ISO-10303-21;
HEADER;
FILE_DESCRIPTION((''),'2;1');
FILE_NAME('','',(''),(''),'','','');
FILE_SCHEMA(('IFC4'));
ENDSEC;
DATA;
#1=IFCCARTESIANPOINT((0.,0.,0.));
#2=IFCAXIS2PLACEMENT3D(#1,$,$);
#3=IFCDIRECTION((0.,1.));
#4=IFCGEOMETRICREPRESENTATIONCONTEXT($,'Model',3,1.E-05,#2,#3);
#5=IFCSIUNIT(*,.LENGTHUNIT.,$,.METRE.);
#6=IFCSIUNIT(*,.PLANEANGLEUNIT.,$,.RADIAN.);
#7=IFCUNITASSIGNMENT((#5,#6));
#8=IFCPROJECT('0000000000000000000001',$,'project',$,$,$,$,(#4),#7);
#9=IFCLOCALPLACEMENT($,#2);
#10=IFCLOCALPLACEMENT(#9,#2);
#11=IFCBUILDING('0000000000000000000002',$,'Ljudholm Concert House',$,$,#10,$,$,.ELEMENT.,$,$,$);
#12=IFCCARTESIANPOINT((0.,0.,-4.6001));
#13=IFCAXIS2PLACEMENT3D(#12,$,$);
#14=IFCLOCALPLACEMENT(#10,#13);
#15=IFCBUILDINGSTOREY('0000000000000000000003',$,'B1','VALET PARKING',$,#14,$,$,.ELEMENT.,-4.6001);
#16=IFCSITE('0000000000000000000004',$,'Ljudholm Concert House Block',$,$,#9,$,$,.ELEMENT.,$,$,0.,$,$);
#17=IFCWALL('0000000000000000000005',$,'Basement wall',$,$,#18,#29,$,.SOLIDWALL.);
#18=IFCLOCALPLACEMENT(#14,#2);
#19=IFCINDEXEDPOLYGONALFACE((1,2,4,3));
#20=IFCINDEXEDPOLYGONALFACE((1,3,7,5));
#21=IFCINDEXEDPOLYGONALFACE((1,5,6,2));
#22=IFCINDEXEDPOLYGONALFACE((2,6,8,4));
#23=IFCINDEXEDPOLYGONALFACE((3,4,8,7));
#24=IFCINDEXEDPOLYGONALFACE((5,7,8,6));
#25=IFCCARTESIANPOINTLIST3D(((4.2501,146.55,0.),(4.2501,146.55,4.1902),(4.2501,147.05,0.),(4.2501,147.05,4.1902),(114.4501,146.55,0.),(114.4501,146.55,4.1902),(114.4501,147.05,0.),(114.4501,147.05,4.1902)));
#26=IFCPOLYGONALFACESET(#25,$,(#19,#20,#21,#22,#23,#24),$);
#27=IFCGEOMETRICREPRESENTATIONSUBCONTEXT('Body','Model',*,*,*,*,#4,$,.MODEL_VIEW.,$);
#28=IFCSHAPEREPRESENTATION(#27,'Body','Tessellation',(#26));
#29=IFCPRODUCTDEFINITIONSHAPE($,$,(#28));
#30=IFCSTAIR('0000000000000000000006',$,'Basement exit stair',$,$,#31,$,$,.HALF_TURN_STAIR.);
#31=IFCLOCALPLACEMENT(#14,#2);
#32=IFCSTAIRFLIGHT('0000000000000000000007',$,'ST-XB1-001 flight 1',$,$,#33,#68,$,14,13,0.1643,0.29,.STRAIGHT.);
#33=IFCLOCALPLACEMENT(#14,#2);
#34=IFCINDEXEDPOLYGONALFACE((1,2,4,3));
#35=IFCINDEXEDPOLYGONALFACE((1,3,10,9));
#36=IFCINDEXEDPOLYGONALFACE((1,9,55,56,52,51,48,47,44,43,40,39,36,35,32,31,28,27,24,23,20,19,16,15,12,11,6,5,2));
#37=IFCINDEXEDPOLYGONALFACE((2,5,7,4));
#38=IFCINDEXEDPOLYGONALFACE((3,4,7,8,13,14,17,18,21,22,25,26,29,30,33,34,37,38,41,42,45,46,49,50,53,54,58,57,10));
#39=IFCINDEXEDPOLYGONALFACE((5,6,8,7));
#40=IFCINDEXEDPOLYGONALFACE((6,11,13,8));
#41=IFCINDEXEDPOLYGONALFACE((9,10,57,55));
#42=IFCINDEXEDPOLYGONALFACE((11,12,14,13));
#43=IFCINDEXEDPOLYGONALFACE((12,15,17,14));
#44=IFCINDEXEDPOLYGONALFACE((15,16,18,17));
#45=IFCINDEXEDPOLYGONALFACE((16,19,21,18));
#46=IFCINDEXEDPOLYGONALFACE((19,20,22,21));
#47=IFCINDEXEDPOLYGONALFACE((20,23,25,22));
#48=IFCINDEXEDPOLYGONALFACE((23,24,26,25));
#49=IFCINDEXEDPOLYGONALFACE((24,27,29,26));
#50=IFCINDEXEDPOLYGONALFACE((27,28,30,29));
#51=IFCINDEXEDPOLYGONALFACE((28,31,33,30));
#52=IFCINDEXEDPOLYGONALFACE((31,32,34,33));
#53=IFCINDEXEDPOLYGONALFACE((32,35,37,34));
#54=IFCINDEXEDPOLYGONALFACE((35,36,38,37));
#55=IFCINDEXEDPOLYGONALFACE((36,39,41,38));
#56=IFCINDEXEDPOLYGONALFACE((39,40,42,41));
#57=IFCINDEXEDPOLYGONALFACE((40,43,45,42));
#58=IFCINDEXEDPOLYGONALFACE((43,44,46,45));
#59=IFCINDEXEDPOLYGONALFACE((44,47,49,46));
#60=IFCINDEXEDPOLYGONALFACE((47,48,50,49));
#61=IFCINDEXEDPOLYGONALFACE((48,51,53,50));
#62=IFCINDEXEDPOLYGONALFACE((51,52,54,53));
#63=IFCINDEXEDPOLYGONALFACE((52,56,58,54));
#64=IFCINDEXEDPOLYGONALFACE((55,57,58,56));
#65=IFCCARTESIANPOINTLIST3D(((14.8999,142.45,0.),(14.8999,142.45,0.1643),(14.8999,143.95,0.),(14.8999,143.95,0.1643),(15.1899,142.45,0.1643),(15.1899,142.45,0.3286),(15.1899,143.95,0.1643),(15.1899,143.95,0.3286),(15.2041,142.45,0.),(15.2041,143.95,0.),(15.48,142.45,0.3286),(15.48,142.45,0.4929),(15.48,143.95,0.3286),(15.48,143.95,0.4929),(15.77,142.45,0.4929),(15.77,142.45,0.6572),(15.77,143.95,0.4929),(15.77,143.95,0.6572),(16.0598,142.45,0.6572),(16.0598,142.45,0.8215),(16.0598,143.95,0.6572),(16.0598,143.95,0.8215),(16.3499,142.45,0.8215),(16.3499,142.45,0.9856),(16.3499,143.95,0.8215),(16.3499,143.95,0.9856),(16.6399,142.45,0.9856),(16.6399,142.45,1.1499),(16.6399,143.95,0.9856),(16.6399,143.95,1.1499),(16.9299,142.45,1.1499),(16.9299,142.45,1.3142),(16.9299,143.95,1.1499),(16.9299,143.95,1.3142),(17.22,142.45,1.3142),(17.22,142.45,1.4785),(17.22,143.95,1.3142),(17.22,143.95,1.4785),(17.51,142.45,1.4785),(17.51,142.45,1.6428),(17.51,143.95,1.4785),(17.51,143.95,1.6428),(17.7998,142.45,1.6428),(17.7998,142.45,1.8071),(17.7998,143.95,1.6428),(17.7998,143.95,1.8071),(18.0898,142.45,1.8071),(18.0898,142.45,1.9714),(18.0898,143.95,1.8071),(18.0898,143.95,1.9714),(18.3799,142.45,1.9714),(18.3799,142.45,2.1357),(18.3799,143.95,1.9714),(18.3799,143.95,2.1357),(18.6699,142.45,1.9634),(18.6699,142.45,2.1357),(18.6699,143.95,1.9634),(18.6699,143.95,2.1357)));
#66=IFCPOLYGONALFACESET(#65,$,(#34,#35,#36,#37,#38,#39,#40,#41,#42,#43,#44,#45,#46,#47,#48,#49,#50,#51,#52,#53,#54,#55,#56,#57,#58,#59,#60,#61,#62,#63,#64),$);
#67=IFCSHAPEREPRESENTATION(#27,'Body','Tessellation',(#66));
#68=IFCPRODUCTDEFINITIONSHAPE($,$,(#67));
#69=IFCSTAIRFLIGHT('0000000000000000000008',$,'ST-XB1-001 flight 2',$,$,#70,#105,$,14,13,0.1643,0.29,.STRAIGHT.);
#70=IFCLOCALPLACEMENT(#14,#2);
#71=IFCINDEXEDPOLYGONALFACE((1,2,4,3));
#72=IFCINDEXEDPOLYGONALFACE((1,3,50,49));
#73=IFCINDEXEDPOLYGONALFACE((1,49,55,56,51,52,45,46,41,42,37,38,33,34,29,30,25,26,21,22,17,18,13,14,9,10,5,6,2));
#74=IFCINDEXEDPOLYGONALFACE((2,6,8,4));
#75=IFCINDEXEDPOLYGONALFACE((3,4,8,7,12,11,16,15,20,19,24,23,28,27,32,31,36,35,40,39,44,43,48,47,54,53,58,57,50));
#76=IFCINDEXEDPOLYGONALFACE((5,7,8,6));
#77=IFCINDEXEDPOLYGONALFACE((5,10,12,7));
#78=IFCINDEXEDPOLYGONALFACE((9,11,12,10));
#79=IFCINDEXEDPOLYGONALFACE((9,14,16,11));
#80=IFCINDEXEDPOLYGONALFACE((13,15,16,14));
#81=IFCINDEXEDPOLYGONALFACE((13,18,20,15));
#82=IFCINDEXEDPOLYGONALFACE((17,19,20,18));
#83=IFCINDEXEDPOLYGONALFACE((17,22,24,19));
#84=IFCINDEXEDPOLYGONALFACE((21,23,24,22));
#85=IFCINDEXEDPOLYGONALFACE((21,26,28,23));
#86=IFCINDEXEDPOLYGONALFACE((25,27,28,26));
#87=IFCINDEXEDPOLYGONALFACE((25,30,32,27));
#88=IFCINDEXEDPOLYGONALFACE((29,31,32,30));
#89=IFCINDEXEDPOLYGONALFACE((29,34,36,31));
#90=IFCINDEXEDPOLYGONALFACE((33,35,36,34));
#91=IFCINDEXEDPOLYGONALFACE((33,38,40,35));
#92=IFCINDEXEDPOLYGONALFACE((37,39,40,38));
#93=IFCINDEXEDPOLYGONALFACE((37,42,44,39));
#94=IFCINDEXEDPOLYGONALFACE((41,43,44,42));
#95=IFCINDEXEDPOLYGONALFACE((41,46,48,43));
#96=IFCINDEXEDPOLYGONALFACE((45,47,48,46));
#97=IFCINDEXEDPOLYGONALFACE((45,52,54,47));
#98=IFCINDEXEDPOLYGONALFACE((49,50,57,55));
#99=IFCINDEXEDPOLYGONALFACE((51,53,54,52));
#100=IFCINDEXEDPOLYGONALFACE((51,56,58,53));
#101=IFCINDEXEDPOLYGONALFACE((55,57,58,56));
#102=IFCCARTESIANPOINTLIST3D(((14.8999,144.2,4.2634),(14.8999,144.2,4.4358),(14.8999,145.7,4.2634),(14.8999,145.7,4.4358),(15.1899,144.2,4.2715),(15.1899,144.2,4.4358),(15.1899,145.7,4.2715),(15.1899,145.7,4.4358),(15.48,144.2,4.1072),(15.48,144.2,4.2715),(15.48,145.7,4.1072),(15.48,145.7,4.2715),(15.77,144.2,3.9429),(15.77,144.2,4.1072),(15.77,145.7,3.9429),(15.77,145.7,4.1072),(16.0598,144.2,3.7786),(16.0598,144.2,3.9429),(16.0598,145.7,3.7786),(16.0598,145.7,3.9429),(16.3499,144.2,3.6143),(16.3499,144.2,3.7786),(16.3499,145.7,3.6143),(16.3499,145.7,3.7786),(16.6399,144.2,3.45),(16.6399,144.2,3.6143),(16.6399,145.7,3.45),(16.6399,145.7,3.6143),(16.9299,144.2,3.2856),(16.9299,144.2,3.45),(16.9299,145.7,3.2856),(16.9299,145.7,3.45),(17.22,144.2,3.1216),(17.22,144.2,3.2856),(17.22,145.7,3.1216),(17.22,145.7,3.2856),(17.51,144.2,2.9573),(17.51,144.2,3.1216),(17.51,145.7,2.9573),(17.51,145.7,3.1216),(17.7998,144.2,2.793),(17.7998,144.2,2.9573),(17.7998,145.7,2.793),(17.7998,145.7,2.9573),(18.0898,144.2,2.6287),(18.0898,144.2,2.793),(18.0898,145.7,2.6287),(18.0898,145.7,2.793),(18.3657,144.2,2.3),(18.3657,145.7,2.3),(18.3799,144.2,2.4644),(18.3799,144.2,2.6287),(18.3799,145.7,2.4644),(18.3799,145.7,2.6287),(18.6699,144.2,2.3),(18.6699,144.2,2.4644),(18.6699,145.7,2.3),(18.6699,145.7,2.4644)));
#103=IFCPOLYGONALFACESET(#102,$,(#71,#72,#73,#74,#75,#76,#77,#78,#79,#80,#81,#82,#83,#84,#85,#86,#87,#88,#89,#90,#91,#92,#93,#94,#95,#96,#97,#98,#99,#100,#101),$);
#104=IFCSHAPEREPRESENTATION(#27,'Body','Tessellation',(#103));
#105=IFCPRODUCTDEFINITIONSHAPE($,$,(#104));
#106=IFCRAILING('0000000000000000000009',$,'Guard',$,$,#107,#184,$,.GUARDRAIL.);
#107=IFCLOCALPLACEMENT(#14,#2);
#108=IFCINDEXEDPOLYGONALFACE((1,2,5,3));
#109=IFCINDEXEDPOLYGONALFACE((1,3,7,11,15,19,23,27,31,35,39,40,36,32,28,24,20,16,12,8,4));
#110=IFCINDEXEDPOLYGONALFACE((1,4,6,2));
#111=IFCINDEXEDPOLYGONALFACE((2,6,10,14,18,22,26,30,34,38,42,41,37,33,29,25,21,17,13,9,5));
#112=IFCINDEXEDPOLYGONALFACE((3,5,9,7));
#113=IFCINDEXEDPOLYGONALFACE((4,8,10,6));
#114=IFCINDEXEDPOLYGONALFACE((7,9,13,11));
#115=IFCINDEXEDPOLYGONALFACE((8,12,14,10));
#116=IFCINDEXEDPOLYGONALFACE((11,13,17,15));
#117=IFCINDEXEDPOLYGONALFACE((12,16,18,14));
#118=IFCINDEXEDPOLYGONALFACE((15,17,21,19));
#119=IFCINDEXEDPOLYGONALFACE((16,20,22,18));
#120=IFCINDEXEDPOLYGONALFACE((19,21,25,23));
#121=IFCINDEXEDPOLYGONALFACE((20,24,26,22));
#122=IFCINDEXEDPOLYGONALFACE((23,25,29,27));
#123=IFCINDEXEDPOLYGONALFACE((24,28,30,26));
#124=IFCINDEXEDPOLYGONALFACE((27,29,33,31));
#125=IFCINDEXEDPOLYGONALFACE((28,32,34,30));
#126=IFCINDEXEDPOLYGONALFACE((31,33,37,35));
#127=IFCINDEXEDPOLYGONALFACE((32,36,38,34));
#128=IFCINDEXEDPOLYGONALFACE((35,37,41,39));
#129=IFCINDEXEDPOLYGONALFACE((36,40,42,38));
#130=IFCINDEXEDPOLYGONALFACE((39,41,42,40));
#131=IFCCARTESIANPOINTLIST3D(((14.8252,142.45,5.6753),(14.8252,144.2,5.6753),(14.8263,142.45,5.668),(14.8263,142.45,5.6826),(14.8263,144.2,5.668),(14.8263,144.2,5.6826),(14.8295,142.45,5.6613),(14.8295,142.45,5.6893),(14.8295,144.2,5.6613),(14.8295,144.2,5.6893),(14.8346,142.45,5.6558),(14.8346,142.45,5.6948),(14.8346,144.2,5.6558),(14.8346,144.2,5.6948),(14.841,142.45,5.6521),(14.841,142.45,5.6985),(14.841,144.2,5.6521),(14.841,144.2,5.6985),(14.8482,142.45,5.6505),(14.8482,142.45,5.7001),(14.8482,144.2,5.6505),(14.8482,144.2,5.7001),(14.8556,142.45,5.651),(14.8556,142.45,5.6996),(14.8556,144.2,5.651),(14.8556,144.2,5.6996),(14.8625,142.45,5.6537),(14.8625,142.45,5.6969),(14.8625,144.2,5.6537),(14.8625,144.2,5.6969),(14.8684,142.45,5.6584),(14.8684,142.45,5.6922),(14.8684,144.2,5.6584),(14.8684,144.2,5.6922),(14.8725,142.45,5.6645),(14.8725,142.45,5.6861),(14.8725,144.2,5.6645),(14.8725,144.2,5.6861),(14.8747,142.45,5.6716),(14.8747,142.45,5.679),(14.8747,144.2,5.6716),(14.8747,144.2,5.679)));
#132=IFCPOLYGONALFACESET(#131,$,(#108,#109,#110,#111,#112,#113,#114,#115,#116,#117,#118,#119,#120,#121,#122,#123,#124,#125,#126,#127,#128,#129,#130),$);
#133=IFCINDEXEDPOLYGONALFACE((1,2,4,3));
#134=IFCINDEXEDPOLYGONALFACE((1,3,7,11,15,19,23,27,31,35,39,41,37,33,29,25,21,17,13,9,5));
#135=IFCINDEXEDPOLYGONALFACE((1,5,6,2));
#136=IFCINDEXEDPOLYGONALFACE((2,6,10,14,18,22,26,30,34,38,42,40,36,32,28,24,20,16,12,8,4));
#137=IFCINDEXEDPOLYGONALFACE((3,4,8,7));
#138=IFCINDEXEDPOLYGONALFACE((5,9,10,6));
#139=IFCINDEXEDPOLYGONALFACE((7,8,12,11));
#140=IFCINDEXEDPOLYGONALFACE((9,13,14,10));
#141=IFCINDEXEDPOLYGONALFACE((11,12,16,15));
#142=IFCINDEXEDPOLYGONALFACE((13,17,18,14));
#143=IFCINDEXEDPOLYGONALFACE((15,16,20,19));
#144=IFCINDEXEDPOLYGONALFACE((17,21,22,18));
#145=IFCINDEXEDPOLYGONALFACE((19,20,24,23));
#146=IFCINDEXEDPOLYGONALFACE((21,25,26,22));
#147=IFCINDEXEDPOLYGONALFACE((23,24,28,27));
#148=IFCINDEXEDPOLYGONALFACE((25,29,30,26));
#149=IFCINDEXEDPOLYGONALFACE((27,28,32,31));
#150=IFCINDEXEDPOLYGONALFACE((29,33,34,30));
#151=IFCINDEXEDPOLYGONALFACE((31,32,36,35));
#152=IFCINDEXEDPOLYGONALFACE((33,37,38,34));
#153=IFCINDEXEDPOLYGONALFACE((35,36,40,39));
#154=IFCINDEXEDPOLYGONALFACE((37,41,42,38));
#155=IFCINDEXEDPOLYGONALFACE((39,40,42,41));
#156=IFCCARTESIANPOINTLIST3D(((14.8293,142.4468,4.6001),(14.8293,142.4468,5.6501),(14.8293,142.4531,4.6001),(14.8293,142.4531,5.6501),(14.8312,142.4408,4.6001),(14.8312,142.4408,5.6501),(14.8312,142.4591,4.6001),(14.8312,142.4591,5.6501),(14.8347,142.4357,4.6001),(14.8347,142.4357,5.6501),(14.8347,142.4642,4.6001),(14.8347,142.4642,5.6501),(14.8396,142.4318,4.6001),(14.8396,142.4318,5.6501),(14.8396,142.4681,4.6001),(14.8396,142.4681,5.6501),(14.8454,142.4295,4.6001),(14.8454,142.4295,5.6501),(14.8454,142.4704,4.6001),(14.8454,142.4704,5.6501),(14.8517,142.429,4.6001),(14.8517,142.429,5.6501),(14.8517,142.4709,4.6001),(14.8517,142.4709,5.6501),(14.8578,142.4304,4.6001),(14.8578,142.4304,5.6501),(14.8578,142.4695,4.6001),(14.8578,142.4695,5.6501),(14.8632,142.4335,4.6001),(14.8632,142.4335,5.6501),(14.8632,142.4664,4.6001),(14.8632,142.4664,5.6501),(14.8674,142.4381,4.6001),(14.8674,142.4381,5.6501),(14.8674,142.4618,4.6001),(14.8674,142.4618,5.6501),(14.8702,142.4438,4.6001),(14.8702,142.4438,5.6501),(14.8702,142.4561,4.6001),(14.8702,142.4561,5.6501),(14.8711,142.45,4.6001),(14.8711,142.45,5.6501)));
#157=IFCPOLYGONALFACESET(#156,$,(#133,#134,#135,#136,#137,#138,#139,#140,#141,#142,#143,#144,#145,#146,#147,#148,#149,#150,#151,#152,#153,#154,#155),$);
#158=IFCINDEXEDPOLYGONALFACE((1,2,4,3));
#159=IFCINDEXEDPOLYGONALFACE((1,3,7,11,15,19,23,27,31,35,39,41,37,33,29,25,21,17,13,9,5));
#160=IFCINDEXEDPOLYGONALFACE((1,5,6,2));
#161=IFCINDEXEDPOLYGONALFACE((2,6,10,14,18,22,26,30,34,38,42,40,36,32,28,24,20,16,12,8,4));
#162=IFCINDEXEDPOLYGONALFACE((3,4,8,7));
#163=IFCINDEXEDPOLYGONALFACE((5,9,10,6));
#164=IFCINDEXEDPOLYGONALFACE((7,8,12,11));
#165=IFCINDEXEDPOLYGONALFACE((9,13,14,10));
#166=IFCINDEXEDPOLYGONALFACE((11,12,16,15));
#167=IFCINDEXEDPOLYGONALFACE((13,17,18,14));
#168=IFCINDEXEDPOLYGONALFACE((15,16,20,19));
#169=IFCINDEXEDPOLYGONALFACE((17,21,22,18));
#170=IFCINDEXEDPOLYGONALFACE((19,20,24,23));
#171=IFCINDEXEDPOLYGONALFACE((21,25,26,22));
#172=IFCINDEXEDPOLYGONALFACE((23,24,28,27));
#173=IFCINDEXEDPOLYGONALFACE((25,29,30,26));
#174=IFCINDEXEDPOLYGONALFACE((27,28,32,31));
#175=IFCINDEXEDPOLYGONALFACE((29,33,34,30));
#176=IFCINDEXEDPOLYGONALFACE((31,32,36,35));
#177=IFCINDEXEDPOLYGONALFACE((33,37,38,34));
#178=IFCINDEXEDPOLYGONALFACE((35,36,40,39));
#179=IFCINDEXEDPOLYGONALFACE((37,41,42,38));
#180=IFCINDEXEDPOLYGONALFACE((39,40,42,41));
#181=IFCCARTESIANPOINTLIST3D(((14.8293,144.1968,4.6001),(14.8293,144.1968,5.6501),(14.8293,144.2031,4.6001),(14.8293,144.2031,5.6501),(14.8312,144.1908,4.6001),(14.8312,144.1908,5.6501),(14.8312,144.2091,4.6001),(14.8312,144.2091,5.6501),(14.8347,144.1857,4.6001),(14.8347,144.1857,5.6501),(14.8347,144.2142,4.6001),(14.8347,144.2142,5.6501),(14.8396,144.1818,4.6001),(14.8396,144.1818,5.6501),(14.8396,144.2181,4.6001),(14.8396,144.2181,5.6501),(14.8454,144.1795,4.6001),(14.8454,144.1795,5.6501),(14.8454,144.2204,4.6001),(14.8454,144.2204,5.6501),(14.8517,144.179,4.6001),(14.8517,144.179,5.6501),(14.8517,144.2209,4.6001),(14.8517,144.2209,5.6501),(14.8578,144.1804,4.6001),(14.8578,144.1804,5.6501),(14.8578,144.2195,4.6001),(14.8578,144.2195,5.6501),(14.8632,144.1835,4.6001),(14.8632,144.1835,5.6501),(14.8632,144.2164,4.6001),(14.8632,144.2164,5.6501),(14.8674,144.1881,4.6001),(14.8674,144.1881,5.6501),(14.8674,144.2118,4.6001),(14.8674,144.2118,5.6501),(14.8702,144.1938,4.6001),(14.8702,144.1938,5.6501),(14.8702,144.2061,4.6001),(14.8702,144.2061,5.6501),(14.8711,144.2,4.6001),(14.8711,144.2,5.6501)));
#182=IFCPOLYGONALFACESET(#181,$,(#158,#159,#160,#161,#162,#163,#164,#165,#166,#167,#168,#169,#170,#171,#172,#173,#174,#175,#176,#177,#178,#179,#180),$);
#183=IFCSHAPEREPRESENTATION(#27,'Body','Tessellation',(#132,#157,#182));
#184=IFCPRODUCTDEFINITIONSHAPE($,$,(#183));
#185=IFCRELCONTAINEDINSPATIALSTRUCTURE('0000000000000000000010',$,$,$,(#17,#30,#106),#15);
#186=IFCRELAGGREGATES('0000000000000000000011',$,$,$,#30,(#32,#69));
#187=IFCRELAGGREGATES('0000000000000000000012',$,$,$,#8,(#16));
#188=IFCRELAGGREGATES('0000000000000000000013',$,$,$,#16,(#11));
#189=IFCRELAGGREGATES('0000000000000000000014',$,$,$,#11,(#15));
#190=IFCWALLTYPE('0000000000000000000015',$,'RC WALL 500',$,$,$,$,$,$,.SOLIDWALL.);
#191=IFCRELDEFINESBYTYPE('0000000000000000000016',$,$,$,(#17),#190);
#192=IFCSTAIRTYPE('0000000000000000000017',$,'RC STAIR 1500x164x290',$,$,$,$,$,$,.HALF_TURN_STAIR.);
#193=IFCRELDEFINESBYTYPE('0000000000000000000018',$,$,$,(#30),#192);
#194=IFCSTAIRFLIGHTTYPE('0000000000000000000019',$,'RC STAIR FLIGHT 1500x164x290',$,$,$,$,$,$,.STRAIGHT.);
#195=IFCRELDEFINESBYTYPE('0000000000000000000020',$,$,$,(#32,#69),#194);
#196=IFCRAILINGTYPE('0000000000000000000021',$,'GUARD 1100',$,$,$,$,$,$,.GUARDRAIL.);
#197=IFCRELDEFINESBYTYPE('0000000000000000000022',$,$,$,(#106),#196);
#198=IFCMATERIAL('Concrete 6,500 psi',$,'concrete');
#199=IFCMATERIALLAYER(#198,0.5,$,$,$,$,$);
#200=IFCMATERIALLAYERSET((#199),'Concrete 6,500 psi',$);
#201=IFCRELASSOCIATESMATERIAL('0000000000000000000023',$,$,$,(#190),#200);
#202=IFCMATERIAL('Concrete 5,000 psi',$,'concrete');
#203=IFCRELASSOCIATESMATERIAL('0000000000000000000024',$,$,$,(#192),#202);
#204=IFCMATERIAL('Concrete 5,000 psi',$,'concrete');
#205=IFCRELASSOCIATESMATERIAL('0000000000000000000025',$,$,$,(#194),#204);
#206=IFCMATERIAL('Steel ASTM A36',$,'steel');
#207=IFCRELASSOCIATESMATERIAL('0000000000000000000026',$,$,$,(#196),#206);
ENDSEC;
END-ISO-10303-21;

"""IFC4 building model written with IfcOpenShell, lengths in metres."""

from ifc_helpers import new_model, si_unit, direction, frame, frame_2d, origin, origin_2d, place, context, subcontext, project, spatial, polyline, rectangle, circle, outline, extrude, material, layer, layer_set, type_object, element, aggregate, save


model = new_model("IFC4")

# Units and contexts
model_context = context("Model", 3, precision=1e-05, world=origin(), true_north=direction((0.0, 1.0)))
body_context = subcontext(model_context, "Body", "Model", "MODEL_VIEW")
ifc_project = project(units=[si_unit("LENGTHUNIT", "METRE"), si_unit("PLANEANGLEUNIT", "RADIAN")], contexts=[model_context])

# Site, building, storey
site_placement = place(None, origin())
site = spatial("IfcSite", under=ifc_project, at=site_placement, Name="Ljudholm Concert House Block", CompositionType="ELEMENT", RefElevation=0.0)
building_placement = place(site_placement, origin())
building = spatial("IfcBuilding", under=site, at=building_placement, Name="Ljudholm Concert House", CompositionType="ELEMENT")
storey_placement = place(building_placement, frame((0.0, 0.0, -4.6001)))
storey = spatial("IfcBuildingStorey", under=building, at=storey_placement, Name="B1", Description="VALET PARKING", CompositionType="ELEMENT", Elevation=-4.6001)

# Wall
ifc_material_1 = material(Name="Concrete 6,500 psi", Category="concrete")
ifc_layer_1 = layer(ifc_material_1, 0.5)
ifc_layer_set_1 = layer_set([ifc_layer_1], Name="Concrete 6,500 psi")
wall_type_1 = type_object("IfcWallType", Name="RC WALL 500", PredefinedType="SOLIDWALL", material=ifc_layer_set_1)
wall_1_placement = place(storey_placement, frame((4.25, 146.8, 0.0), z_axis=(0.0, 0.0, 1.0), x_axis=(1.0, 0.0, 0.0)))
element("IfcWall", 1, at=wall_1_placement, inside=storey, type_object=wall_type_1, Name="Basement wall", PredefinedType="SOLIDWALL", context=body_context, shape_type="SweptSolid", body=[
    extrude(rectangle(XDim=110.2, YDim=0.5, at=frame_2d((55.1001, 0.0))), origin(), (0.0, 0.0, 1.0), 4.1902),
])

# Stair, stair flights
ifc_material_2 = material(Name="Concrete 5,000 psi", Category="concrete")
stair_type = type_object("IfcStairType", Name="RC STAIR 1500x164x290", PredefinedType="HALF_TURN_STAIR", material=ifc_material_2)
stair_placement = place(storey_placement, origin())
stair = element("IfcStair", 2, at=stair_placement, inside=storey, type_object=stair_type, Name="Basement exit stair", PredefinedType="HALF_TURN_STAIR")
ifc_material_3 = material(Name="Concrete 5,000 psi", Category="concrete")
stair_flight_type = type_object("IfcStairFlightType", Name="RC STAIR FLIGHT 1500x164x290", PredefinedType="STRAIGHT", material=ifc_material_3)
stair_flight_1_placement = place(storey_placement, frame((14.8999, 143.2, 0.0), z_axis=(0.0, 0.0, 1.0), x_axis=(1.0, 0.0, 0.0)))
stair_flight_1 = element("IfcStairFlight", 3, at=stair_flight_1_placement, type_object=stair_flight_type, Name="ST-XB1-001 flight 1", NumberOfRisers=14, NumberOfTreads=13, PredefinedType="STRAIGHT", RiserHeight=0.1643, TreadLength=0.29, context=body_context, shape_type="SweptSolid", body=[
    extrude(outline(polyline([(0.0, 0.0), (0.0, 0.1643), (0.29, 0.1643), (0.29, 0.3286), (0.5801, 0.3286), (0.5801, 0.4929), (0.8701, 0.4929), (0.8701, 0.6572), (1.1599, 0.6572), (1.1599, 0.8215), (1.45, 0.8215), (1.45, 0.9856), (1.74, 0.9856), (1.74, 1.1499), (2.03, 1.1499), (2.03, 1.3142), (2.3201, 1.3142), (2.3201, 1.4785), (2.6101, 1.4785), (2.6101, 1.6428), (2.8999, 1.6428), (2.8999, 1.8071), (3.1899, 1.8071), (3.1899, 1.9714), (3.48, 1.9714), (3.48, 2.1357), (3.77, 2.1357), (3.77, 2.3), (3.77, 1.9634), (0.3042, 0.0), (0.0, 0.0)])), frame((0.0, 0.75, 0.0), z_axis=(0.0, -1.0, 0.0), x_axis=(1.0, 0.0, 0.0)), (0.0, 0.0, 1.0), 1.5),
])
stair_flight_2_placement = place(storey_placement, frame((18.6699, 144.95, 2.3), z_axis=(0.0, 0.0, 1.0), x_axis=(-1.0, 0.0, 0.0)))
stair_flight_2 = element("IfcStairFlight", 4, at=stair_flight_2_placement, type_object=stair_flight_type, Name="ST-XB1-001 flight 2", NumberOfRisers=14, NumberOfTreads=13, PredefinedType="STRAIGHT", RiserHeight=0.1643, TreadLength=0.29, context=body_context, shape_type="SweptSolid", body=[
    extrude(outline(polyline([(0.0, 0.0), (0.0, 0.1643), (0.29, 0.1643), (0.29, 0.3286), (0.5801, 0.3286), (0.5801, 0.4929), (0.8701, 0.4929), (0.8701, 0.6572), (1.1599, 0.6572), (1.1599, 0.8215), (1.45, 0.8215), (1.45, 0.9856), (1.74, 0.9856), (1.74, 1.1499), (2.03, 1.1499), (2.03, 1.3142), (2.3201, 1.3142), (2.3201, 1.4785), (2.6101, 1.4785), (2.6101, 1.6428), (2.8999, 1.6428), (2.8999, 1.8071), (3.1899, 1.8071), (3.1899, 1.9714), (3.48, 1.9714), (3.48, 2.1357), (3.77, 2.1357), (3.77, 2.3), (3.77, 1.9634), (0.3042, 0.0), (0.0, 0.0)])), frame((0.0, 0.75, 0.0), z_axis=(0.0, -1.0, 0.0), x_axis=(1.0, 0.0, 0.0)), (0.0, 0.0, 1.0), 1.5),
])
aggregate(stair, [stair_flight_1, stair_flight_2])

# Railing
ifc_material_4 = material(Name="Steel ASTM A36", Category="steel")
railing_type_1 = type_object("IfcRailingType", Name="GUARD 1100", PredefinedType="GUARDRAIL", material=ifc_material_4)
railing_1_placement = place(storey_placement, frame((14.8501, 142.45, 4.6001)))
element("IfcRailing", 5, at=railing_1_placement, inside=storey, type_object=railing_type_1, Name="Guard", PredefinedType="GUARDRAIL", context=body_context, shape_type="SweptSolid", body=[
    extrude(circle(Radius=0.0249, at=origin_2d()), frame((0.0, 0.0, 1.0752), z_axis=(0.0, 1.0, 0.0), x_axis=(-1.0, 0.0, 0.0)), (0.0, 0.0, 1.0), 1.75),
    extrude(circle(Radius=0.021, at=origin_2d()), origin(), (0.0, 0.0, 1.0), 1.05),
    extrude(circle(Radius=0.021, at=origin_2d()), frame((0.0, 1.75, 0.0)), (0.0, 0.0, 1.0), 1.05),
])

save(model, "model.ifc")
